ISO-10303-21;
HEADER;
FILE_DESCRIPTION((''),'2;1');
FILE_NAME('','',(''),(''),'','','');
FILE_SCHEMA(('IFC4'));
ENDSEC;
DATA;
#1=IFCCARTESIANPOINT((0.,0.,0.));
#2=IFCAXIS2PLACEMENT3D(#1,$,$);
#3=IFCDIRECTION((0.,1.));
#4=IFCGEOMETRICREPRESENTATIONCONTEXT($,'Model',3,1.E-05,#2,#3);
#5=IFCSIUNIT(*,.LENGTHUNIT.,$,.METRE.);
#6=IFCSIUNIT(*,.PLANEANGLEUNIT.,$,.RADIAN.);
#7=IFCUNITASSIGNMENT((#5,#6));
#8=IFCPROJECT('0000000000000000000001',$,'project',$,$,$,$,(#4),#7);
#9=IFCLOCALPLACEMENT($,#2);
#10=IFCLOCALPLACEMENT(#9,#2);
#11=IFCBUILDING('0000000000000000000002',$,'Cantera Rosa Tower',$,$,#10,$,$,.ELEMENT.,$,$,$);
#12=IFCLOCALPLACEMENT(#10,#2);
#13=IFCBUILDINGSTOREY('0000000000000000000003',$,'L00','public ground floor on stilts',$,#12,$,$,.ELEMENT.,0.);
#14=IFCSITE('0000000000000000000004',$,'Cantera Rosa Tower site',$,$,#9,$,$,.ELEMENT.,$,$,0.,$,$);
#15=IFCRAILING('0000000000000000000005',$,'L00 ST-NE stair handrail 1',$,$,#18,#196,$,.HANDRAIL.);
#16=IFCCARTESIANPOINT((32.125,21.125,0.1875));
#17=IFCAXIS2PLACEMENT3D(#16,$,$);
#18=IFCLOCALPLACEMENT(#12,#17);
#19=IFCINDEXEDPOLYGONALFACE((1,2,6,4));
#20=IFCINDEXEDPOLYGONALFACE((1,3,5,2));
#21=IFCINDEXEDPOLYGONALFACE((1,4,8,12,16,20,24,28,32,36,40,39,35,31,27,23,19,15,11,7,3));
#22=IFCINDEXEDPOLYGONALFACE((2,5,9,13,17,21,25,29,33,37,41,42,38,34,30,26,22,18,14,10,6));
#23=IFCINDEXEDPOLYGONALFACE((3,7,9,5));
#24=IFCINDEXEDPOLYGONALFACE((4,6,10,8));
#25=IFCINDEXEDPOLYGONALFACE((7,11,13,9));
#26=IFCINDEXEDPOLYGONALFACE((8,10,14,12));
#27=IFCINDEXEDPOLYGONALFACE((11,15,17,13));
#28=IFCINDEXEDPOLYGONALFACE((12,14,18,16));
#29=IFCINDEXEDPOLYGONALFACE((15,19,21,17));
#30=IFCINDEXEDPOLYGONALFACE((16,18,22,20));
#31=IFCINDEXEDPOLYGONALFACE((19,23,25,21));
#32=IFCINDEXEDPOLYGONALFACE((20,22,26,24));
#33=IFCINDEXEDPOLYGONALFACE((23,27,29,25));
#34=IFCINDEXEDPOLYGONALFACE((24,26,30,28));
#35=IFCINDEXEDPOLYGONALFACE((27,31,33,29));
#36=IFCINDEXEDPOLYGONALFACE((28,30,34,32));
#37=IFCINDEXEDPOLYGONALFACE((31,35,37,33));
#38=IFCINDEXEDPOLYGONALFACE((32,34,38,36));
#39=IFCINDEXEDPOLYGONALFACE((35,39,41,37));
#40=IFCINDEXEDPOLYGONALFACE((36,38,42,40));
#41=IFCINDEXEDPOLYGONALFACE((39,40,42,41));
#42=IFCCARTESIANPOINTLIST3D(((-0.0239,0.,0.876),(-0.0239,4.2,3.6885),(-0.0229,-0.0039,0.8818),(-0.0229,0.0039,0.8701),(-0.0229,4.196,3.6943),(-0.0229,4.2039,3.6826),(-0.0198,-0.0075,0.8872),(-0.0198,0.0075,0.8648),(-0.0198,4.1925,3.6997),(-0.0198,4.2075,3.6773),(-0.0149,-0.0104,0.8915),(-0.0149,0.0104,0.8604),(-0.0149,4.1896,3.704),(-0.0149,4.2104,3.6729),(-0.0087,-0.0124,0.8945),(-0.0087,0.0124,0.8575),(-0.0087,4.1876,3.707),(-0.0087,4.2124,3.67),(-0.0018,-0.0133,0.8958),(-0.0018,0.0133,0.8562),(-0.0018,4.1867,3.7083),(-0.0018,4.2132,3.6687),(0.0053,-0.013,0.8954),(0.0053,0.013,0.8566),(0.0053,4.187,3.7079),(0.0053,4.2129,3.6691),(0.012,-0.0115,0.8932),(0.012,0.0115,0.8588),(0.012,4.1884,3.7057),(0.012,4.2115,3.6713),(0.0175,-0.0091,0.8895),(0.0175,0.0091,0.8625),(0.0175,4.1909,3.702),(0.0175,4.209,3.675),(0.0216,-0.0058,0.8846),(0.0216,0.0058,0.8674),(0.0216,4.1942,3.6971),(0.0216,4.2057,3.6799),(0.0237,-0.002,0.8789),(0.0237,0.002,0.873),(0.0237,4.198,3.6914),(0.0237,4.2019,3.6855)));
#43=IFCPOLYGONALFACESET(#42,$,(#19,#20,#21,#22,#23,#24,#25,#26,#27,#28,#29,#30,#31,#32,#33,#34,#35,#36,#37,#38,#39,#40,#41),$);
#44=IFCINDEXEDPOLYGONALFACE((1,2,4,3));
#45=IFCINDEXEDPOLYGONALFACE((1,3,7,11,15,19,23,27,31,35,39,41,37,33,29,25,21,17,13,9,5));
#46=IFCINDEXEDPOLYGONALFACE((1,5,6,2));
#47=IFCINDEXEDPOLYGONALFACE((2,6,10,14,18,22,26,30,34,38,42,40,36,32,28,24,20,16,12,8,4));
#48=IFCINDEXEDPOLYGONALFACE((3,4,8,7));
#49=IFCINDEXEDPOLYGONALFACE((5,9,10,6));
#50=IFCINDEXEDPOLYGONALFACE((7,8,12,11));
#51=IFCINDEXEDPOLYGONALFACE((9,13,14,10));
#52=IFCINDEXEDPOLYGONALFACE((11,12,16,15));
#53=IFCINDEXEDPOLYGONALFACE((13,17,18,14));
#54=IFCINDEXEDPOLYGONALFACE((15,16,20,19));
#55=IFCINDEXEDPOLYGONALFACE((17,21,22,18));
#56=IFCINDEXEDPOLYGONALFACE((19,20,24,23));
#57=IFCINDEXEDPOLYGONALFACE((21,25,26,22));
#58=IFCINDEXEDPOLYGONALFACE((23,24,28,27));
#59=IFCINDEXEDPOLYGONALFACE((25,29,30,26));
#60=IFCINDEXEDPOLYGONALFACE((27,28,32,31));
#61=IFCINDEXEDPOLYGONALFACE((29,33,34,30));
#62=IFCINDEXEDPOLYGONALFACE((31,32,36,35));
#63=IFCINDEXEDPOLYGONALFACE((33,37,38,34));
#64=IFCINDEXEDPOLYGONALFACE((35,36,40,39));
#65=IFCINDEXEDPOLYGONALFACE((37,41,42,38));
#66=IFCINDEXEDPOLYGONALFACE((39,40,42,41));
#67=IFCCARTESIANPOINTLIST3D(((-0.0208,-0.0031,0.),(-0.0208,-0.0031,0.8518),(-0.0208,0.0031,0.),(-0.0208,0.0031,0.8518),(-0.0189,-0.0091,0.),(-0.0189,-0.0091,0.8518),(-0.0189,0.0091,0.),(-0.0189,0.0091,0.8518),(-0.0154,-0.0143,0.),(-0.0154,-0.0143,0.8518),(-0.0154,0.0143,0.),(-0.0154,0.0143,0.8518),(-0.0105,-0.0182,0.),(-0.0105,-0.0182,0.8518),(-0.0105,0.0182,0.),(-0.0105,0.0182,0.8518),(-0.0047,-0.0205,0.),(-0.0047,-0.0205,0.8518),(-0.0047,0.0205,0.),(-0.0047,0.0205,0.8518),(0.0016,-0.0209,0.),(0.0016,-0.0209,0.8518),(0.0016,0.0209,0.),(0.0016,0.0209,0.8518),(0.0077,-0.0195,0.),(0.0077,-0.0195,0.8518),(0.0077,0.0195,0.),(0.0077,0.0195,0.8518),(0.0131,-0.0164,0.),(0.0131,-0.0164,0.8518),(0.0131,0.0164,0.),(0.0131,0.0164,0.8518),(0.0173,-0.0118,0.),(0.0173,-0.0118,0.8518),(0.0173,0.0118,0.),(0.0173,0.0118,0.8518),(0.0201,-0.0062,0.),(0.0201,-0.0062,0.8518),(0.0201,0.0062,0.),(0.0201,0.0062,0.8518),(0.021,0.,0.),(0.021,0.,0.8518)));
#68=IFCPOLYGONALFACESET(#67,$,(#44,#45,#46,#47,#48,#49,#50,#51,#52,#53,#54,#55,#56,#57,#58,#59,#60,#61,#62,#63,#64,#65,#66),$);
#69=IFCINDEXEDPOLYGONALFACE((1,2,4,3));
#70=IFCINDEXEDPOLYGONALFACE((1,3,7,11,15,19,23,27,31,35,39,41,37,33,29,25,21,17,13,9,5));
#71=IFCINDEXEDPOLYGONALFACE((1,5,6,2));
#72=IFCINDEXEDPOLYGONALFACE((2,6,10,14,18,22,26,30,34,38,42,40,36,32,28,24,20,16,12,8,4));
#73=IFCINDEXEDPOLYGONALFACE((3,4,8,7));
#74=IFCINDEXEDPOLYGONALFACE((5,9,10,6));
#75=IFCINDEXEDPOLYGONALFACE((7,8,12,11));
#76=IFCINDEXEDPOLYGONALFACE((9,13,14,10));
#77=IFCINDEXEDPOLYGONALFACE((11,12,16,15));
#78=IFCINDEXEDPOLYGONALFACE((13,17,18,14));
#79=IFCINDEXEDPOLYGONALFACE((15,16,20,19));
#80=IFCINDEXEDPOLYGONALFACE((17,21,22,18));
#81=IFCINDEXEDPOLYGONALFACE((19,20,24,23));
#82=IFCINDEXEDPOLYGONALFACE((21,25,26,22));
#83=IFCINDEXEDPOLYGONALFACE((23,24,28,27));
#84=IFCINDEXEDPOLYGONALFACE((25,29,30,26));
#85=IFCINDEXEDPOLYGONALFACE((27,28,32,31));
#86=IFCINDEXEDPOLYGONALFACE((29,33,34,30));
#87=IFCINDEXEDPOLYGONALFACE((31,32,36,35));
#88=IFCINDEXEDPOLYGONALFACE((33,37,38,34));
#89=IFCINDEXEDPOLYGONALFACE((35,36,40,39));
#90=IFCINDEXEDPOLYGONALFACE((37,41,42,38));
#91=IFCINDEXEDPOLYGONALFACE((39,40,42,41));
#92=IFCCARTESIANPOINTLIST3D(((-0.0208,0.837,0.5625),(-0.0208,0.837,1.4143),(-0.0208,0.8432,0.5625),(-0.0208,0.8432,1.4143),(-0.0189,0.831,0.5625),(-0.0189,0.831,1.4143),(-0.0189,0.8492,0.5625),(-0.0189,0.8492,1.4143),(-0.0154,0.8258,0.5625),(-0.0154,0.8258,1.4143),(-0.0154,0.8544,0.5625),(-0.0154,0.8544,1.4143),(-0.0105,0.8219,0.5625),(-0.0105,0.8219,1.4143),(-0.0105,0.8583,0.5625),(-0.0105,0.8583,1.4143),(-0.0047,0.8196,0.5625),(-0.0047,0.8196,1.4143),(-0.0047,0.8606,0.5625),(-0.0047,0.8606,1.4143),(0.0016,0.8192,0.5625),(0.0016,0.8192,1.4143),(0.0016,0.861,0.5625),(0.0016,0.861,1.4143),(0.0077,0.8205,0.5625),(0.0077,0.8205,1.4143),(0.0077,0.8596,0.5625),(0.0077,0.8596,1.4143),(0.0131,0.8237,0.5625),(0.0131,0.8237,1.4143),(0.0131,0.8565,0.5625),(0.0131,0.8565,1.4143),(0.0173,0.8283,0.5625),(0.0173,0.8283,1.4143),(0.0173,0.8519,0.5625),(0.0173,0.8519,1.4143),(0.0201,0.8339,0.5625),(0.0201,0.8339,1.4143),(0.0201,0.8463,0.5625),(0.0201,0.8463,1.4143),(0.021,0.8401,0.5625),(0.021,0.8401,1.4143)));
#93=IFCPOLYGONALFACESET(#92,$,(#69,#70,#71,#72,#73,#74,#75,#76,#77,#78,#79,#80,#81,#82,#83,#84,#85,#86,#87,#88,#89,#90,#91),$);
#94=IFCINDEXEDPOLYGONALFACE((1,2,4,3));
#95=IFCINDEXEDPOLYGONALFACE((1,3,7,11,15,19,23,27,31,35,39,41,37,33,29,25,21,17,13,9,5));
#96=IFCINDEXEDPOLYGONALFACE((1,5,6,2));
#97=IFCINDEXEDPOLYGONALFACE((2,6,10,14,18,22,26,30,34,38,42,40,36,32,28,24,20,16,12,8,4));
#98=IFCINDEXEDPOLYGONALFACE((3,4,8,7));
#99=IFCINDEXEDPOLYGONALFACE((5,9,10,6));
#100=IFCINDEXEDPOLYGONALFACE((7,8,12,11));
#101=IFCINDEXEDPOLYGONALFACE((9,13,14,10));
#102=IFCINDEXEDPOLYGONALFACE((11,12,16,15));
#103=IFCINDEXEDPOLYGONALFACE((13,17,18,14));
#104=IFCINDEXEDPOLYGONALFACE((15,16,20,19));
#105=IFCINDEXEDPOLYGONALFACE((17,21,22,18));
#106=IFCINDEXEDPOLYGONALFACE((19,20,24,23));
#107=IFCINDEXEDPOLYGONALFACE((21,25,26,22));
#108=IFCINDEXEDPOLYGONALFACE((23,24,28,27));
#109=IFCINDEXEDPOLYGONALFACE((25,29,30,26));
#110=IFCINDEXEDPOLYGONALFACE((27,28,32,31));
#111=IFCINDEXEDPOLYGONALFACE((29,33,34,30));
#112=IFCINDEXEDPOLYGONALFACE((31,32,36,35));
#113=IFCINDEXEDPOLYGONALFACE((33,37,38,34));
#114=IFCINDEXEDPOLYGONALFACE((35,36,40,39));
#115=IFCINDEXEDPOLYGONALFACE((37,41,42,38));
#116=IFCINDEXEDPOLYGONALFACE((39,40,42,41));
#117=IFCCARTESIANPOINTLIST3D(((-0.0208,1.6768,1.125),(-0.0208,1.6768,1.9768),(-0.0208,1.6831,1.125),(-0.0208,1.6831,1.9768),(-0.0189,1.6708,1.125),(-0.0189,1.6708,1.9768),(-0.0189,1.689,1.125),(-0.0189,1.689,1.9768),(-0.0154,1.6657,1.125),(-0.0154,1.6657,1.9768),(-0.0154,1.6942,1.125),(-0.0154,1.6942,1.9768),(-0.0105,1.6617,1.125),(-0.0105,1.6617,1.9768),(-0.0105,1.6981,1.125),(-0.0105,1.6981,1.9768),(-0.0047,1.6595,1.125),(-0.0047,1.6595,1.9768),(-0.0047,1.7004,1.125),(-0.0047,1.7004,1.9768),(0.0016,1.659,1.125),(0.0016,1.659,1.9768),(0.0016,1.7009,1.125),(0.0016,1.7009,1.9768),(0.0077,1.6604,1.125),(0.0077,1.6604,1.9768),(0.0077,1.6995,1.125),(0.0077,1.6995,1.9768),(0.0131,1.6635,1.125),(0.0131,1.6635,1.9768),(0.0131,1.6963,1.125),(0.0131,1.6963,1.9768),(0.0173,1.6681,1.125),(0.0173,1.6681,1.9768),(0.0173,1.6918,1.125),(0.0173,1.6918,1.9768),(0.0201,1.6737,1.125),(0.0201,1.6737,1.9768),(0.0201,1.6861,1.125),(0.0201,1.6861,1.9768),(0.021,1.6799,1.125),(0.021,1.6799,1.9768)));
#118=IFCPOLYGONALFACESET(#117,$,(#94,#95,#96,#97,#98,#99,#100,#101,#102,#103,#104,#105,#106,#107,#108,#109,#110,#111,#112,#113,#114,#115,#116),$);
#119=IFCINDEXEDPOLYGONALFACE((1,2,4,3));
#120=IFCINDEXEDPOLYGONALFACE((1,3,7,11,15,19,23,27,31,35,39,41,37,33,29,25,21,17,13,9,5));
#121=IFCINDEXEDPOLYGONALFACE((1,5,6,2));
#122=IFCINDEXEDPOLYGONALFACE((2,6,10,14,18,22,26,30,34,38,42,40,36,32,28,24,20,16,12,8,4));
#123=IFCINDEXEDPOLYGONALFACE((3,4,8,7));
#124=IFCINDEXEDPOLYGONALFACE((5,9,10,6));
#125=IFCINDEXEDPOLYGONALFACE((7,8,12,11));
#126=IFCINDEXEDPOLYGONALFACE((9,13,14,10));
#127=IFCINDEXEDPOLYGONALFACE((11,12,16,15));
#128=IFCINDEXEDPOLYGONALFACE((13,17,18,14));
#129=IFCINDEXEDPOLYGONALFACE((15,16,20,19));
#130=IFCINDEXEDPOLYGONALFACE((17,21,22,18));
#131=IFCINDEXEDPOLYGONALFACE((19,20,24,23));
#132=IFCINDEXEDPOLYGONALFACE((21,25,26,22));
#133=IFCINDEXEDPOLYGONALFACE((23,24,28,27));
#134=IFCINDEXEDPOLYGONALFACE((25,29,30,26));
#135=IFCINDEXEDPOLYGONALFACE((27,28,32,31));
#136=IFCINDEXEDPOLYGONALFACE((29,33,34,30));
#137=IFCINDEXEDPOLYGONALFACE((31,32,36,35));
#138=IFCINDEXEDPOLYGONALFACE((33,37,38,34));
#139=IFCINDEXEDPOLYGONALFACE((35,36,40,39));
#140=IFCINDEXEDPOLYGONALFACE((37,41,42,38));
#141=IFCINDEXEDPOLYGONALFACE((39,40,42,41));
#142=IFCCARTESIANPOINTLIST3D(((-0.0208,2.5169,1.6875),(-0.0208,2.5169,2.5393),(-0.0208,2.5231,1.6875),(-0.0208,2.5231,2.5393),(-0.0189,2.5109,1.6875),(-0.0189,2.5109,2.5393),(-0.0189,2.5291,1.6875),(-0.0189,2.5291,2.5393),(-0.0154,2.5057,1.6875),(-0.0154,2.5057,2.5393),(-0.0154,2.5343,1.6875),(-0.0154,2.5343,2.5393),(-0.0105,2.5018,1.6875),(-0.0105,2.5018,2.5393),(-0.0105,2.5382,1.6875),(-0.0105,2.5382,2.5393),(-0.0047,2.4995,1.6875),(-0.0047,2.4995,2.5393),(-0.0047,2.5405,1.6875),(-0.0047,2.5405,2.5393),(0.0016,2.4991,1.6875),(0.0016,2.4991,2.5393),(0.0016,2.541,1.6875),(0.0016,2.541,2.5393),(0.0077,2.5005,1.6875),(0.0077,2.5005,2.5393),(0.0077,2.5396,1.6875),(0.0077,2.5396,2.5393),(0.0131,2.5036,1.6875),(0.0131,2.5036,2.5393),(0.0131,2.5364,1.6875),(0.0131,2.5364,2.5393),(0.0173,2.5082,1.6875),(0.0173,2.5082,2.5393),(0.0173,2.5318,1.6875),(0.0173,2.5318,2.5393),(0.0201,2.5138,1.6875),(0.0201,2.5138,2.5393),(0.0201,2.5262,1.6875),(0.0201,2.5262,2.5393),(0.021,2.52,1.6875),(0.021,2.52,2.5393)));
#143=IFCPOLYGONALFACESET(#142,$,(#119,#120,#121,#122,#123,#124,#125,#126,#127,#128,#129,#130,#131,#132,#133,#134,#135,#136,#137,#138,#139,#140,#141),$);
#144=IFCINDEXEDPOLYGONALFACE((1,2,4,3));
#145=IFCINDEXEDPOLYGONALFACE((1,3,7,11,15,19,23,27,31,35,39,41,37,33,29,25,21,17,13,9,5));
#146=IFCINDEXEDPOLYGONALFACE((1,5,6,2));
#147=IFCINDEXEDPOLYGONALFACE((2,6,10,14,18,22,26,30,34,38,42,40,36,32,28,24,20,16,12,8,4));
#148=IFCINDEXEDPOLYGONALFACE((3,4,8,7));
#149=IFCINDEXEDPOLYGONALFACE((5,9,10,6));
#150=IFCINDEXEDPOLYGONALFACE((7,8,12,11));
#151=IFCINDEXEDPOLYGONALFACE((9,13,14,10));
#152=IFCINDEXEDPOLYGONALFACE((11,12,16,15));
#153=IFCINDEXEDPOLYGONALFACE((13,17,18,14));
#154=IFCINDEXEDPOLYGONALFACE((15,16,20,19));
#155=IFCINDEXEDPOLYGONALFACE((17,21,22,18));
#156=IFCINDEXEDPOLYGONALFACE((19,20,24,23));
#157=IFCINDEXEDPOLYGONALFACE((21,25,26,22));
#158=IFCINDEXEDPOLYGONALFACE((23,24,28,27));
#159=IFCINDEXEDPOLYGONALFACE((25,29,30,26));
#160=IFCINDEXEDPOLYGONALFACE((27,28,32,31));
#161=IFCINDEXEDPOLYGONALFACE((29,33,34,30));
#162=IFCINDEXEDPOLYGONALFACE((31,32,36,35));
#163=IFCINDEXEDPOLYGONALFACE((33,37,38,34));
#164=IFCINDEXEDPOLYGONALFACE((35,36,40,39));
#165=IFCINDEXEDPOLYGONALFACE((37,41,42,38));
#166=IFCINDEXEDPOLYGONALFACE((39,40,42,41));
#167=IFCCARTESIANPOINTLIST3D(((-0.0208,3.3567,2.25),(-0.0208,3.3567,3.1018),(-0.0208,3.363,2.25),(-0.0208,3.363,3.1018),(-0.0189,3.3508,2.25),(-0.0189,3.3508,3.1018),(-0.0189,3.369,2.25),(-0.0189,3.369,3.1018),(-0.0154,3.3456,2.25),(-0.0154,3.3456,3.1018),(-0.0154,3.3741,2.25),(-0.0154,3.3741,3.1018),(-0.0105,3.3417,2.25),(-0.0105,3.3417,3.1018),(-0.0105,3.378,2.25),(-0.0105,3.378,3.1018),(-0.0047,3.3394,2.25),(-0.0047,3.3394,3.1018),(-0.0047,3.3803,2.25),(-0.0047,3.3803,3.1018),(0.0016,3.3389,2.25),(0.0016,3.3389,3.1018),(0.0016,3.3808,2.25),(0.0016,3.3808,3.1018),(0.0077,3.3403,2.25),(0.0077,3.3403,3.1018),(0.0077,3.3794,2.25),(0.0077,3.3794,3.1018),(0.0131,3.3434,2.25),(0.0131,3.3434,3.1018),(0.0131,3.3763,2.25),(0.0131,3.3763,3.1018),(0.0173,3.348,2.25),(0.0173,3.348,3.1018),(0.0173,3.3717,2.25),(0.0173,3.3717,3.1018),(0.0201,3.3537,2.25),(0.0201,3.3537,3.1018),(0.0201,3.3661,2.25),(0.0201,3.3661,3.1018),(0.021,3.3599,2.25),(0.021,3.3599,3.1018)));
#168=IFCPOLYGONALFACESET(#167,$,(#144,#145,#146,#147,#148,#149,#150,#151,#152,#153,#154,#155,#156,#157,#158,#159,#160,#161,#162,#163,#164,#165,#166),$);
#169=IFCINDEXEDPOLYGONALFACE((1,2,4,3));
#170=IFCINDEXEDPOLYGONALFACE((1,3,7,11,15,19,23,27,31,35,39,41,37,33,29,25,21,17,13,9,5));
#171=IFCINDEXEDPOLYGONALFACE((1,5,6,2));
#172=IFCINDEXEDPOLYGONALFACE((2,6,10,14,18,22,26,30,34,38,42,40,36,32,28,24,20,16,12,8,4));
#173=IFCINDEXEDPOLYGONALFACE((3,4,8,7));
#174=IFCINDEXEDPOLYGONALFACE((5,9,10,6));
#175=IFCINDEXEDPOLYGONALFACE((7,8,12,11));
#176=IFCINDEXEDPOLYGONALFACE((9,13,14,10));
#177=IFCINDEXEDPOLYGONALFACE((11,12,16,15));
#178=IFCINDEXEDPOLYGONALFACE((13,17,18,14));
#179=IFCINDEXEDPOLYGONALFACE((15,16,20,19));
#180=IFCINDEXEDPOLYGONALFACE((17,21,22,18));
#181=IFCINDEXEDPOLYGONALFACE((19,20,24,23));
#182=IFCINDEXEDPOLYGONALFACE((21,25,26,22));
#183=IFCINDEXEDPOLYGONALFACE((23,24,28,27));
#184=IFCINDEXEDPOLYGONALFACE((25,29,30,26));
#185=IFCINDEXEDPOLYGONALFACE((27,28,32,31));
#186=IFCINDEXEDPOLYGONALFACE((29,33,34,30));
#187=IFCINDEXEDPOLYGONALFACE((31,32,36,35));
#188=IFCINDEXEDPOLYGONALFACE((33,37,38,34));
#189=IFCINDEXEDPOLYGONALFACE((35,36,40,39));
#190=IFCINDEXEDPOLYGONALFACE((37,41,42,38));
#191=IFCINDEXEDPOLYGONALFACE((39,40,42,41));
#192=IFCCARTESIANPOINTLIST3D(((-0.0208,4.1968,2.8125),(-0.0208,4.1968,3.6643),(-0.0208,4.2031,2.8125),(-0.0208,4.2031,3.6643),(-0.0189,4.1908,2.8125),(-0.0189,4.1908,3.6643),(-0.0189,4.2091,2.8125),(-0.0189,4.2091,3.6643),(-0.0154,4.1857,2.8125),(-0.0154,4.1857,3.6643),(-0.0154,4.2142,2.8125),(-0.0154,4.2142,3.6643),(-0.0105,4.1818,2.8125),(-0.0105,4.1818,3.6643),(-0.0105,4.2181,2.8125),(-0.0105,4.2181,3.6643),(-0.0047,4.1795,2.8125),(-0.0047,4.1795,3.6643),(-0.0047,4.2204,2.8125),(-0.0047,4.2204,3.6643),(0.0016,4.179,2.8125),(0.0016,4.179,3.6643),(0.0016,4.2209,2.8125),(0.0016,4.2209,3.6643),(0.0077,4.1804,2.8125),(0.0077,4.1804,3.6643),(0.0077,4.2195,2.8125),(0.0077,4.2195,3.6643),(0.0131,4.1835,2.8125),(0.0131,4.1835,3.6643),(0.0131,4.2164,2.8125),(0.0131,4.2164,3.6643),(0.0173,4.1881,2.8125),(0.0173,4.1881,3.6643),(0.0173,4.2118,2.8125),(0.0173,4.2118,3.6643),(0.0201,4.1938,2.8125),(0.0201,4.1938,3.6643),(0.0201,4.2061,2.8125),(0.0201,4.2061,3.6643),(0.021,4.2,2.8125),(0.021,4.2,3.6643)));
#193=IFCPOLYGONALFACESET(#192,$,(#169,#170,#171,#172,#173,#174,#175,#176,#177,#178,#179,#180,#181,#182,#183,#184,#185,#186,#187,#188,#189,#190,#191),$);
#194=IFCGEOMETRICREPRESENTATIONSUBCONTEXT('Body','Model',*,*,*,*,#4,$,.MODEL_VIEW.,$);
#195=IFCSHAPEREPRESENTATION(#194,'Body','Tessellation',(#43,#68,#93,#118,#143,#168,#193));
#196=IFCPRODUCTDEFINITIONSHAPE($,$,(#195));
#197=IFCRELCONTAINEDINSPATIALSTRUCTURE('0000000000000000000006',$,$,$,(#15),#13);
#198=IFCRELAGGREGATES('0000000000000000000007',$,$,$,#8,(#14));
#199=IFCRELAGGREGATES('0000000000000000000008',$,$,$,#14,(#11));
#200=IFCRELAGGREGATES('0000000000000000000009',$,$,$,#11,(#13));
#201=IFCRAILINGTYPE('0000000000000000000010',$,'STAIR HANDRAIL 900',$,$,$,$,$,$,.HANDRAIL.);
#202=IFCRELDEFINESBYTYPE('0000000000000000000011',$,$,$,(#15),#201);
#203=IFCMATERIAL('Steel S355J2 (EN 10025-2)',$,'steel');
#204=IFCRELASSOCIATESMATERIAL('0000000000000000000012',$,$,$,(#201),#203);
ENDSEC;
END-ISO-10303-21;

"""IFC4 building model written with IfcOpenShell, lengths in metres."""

from ifc_helpers import new_model, si_unit, direction, frame, origin, origin_2d, place, context, subcontext, project, spatial, circle, extrude, material, type_object, element, save


model = new_model("IFC4")

# Units and contexts
model_context = context("Model", 3, precision=1e-05, world=origin(), true_north=direction((0.0, 1.0)))
body_context = subcontext(model_context, "Body", "Model", "MODEL_VIEW")
ifc_project = project(units=[si_unit("LENGTHUNIT", "METRE"), si_unit("PLANEANGLEUNIT", "RADIAN")], contexts=[model_context])

# Site, building, storey
site_placement = place(None, origin())
site = spatial("IfcSite", under=ifc_project, at=site_placement, Name="Cantera Rosa Tower site", CompositionType="ELEMENT", RefElevation=0.0)
building_placement = place(site_placement, origin())
building = spatial("IfcBuilding", under=site, at=building_placement, Name="Cantera Rosa Tower", CompositionType="ELEMENT")
storey_placement = place(building_placement, origin())
storey = spatial("IfcBuildingStorey", under=building, at=storey_placement, Name="L00", Description="public ground floor on stilts", CompositionType="ELEMENT", Elevation=0.0)

# Railing
ifc_material_1 = material(Name="Steel S355J2 (EN 10025-2)", Category="steel")
railing_type_1 = type_object("IfcRailingType", Name="STAIR HANDRAIL 900", PredefinedType="HANDRAIL", material=ifc_material_1)
for number, where, name in (
    (1, (32.125, 21.125, 0.1875), "L00 ST-NE stair handrail 1"),
):
    element("IfcRailing", number, at=place(storey_placement, frame(where)), inside=storey, type_object=railing_type_1, Name=name, PredefinedType="HANDRAIL", context=body_context, shape_type="SweptSolid", body=[
        extrude(circle(Radius=0.0239, at=origin_2d()), frame((0.0, 0.0, 0.876), z_axis=(0.0, 0.830904, 0.556416), x_axis=(-1.0, 0.0, 0.0)), (0.0, 0.0, 1.0), 5.0547),
        extrude(circle(Radius=0.021, at=origin_2d()), origin(), (0.0, 0.0, 1.0), 0.8518),
        extrude(circle(Radius=0.021, at=origin_2d()), frame((0.0, 0.8401, 0.5625)), (0.0, 0.0, 1.0), 0.8518),
        extrude(circle(Radius=0.021, at=origin_2d()), frame((0.0, 1.6799, 1.125)), (0.0, 0.0, 1.0), 0.8518),
        extrude(circle(Radius=0.021, at=origin_2d()), frame((0.0, 2.52, 1.6875)), (0.0, 0.0, 1.0), 0.8518),
        extrude(circle(Radius=0.021, at=origin_2d()), frame((0.0, 3.3599, 2.25)), (0.0, 0.0, 1.0), 0.8518),
        extrude(circle(Radius=0.021, at=origin_2d()), frame((0.0, 4.2, 2.8125)), (0.0, 0.0, 1.0), 0.8518),
    ])

save(model, "model.ifc")
